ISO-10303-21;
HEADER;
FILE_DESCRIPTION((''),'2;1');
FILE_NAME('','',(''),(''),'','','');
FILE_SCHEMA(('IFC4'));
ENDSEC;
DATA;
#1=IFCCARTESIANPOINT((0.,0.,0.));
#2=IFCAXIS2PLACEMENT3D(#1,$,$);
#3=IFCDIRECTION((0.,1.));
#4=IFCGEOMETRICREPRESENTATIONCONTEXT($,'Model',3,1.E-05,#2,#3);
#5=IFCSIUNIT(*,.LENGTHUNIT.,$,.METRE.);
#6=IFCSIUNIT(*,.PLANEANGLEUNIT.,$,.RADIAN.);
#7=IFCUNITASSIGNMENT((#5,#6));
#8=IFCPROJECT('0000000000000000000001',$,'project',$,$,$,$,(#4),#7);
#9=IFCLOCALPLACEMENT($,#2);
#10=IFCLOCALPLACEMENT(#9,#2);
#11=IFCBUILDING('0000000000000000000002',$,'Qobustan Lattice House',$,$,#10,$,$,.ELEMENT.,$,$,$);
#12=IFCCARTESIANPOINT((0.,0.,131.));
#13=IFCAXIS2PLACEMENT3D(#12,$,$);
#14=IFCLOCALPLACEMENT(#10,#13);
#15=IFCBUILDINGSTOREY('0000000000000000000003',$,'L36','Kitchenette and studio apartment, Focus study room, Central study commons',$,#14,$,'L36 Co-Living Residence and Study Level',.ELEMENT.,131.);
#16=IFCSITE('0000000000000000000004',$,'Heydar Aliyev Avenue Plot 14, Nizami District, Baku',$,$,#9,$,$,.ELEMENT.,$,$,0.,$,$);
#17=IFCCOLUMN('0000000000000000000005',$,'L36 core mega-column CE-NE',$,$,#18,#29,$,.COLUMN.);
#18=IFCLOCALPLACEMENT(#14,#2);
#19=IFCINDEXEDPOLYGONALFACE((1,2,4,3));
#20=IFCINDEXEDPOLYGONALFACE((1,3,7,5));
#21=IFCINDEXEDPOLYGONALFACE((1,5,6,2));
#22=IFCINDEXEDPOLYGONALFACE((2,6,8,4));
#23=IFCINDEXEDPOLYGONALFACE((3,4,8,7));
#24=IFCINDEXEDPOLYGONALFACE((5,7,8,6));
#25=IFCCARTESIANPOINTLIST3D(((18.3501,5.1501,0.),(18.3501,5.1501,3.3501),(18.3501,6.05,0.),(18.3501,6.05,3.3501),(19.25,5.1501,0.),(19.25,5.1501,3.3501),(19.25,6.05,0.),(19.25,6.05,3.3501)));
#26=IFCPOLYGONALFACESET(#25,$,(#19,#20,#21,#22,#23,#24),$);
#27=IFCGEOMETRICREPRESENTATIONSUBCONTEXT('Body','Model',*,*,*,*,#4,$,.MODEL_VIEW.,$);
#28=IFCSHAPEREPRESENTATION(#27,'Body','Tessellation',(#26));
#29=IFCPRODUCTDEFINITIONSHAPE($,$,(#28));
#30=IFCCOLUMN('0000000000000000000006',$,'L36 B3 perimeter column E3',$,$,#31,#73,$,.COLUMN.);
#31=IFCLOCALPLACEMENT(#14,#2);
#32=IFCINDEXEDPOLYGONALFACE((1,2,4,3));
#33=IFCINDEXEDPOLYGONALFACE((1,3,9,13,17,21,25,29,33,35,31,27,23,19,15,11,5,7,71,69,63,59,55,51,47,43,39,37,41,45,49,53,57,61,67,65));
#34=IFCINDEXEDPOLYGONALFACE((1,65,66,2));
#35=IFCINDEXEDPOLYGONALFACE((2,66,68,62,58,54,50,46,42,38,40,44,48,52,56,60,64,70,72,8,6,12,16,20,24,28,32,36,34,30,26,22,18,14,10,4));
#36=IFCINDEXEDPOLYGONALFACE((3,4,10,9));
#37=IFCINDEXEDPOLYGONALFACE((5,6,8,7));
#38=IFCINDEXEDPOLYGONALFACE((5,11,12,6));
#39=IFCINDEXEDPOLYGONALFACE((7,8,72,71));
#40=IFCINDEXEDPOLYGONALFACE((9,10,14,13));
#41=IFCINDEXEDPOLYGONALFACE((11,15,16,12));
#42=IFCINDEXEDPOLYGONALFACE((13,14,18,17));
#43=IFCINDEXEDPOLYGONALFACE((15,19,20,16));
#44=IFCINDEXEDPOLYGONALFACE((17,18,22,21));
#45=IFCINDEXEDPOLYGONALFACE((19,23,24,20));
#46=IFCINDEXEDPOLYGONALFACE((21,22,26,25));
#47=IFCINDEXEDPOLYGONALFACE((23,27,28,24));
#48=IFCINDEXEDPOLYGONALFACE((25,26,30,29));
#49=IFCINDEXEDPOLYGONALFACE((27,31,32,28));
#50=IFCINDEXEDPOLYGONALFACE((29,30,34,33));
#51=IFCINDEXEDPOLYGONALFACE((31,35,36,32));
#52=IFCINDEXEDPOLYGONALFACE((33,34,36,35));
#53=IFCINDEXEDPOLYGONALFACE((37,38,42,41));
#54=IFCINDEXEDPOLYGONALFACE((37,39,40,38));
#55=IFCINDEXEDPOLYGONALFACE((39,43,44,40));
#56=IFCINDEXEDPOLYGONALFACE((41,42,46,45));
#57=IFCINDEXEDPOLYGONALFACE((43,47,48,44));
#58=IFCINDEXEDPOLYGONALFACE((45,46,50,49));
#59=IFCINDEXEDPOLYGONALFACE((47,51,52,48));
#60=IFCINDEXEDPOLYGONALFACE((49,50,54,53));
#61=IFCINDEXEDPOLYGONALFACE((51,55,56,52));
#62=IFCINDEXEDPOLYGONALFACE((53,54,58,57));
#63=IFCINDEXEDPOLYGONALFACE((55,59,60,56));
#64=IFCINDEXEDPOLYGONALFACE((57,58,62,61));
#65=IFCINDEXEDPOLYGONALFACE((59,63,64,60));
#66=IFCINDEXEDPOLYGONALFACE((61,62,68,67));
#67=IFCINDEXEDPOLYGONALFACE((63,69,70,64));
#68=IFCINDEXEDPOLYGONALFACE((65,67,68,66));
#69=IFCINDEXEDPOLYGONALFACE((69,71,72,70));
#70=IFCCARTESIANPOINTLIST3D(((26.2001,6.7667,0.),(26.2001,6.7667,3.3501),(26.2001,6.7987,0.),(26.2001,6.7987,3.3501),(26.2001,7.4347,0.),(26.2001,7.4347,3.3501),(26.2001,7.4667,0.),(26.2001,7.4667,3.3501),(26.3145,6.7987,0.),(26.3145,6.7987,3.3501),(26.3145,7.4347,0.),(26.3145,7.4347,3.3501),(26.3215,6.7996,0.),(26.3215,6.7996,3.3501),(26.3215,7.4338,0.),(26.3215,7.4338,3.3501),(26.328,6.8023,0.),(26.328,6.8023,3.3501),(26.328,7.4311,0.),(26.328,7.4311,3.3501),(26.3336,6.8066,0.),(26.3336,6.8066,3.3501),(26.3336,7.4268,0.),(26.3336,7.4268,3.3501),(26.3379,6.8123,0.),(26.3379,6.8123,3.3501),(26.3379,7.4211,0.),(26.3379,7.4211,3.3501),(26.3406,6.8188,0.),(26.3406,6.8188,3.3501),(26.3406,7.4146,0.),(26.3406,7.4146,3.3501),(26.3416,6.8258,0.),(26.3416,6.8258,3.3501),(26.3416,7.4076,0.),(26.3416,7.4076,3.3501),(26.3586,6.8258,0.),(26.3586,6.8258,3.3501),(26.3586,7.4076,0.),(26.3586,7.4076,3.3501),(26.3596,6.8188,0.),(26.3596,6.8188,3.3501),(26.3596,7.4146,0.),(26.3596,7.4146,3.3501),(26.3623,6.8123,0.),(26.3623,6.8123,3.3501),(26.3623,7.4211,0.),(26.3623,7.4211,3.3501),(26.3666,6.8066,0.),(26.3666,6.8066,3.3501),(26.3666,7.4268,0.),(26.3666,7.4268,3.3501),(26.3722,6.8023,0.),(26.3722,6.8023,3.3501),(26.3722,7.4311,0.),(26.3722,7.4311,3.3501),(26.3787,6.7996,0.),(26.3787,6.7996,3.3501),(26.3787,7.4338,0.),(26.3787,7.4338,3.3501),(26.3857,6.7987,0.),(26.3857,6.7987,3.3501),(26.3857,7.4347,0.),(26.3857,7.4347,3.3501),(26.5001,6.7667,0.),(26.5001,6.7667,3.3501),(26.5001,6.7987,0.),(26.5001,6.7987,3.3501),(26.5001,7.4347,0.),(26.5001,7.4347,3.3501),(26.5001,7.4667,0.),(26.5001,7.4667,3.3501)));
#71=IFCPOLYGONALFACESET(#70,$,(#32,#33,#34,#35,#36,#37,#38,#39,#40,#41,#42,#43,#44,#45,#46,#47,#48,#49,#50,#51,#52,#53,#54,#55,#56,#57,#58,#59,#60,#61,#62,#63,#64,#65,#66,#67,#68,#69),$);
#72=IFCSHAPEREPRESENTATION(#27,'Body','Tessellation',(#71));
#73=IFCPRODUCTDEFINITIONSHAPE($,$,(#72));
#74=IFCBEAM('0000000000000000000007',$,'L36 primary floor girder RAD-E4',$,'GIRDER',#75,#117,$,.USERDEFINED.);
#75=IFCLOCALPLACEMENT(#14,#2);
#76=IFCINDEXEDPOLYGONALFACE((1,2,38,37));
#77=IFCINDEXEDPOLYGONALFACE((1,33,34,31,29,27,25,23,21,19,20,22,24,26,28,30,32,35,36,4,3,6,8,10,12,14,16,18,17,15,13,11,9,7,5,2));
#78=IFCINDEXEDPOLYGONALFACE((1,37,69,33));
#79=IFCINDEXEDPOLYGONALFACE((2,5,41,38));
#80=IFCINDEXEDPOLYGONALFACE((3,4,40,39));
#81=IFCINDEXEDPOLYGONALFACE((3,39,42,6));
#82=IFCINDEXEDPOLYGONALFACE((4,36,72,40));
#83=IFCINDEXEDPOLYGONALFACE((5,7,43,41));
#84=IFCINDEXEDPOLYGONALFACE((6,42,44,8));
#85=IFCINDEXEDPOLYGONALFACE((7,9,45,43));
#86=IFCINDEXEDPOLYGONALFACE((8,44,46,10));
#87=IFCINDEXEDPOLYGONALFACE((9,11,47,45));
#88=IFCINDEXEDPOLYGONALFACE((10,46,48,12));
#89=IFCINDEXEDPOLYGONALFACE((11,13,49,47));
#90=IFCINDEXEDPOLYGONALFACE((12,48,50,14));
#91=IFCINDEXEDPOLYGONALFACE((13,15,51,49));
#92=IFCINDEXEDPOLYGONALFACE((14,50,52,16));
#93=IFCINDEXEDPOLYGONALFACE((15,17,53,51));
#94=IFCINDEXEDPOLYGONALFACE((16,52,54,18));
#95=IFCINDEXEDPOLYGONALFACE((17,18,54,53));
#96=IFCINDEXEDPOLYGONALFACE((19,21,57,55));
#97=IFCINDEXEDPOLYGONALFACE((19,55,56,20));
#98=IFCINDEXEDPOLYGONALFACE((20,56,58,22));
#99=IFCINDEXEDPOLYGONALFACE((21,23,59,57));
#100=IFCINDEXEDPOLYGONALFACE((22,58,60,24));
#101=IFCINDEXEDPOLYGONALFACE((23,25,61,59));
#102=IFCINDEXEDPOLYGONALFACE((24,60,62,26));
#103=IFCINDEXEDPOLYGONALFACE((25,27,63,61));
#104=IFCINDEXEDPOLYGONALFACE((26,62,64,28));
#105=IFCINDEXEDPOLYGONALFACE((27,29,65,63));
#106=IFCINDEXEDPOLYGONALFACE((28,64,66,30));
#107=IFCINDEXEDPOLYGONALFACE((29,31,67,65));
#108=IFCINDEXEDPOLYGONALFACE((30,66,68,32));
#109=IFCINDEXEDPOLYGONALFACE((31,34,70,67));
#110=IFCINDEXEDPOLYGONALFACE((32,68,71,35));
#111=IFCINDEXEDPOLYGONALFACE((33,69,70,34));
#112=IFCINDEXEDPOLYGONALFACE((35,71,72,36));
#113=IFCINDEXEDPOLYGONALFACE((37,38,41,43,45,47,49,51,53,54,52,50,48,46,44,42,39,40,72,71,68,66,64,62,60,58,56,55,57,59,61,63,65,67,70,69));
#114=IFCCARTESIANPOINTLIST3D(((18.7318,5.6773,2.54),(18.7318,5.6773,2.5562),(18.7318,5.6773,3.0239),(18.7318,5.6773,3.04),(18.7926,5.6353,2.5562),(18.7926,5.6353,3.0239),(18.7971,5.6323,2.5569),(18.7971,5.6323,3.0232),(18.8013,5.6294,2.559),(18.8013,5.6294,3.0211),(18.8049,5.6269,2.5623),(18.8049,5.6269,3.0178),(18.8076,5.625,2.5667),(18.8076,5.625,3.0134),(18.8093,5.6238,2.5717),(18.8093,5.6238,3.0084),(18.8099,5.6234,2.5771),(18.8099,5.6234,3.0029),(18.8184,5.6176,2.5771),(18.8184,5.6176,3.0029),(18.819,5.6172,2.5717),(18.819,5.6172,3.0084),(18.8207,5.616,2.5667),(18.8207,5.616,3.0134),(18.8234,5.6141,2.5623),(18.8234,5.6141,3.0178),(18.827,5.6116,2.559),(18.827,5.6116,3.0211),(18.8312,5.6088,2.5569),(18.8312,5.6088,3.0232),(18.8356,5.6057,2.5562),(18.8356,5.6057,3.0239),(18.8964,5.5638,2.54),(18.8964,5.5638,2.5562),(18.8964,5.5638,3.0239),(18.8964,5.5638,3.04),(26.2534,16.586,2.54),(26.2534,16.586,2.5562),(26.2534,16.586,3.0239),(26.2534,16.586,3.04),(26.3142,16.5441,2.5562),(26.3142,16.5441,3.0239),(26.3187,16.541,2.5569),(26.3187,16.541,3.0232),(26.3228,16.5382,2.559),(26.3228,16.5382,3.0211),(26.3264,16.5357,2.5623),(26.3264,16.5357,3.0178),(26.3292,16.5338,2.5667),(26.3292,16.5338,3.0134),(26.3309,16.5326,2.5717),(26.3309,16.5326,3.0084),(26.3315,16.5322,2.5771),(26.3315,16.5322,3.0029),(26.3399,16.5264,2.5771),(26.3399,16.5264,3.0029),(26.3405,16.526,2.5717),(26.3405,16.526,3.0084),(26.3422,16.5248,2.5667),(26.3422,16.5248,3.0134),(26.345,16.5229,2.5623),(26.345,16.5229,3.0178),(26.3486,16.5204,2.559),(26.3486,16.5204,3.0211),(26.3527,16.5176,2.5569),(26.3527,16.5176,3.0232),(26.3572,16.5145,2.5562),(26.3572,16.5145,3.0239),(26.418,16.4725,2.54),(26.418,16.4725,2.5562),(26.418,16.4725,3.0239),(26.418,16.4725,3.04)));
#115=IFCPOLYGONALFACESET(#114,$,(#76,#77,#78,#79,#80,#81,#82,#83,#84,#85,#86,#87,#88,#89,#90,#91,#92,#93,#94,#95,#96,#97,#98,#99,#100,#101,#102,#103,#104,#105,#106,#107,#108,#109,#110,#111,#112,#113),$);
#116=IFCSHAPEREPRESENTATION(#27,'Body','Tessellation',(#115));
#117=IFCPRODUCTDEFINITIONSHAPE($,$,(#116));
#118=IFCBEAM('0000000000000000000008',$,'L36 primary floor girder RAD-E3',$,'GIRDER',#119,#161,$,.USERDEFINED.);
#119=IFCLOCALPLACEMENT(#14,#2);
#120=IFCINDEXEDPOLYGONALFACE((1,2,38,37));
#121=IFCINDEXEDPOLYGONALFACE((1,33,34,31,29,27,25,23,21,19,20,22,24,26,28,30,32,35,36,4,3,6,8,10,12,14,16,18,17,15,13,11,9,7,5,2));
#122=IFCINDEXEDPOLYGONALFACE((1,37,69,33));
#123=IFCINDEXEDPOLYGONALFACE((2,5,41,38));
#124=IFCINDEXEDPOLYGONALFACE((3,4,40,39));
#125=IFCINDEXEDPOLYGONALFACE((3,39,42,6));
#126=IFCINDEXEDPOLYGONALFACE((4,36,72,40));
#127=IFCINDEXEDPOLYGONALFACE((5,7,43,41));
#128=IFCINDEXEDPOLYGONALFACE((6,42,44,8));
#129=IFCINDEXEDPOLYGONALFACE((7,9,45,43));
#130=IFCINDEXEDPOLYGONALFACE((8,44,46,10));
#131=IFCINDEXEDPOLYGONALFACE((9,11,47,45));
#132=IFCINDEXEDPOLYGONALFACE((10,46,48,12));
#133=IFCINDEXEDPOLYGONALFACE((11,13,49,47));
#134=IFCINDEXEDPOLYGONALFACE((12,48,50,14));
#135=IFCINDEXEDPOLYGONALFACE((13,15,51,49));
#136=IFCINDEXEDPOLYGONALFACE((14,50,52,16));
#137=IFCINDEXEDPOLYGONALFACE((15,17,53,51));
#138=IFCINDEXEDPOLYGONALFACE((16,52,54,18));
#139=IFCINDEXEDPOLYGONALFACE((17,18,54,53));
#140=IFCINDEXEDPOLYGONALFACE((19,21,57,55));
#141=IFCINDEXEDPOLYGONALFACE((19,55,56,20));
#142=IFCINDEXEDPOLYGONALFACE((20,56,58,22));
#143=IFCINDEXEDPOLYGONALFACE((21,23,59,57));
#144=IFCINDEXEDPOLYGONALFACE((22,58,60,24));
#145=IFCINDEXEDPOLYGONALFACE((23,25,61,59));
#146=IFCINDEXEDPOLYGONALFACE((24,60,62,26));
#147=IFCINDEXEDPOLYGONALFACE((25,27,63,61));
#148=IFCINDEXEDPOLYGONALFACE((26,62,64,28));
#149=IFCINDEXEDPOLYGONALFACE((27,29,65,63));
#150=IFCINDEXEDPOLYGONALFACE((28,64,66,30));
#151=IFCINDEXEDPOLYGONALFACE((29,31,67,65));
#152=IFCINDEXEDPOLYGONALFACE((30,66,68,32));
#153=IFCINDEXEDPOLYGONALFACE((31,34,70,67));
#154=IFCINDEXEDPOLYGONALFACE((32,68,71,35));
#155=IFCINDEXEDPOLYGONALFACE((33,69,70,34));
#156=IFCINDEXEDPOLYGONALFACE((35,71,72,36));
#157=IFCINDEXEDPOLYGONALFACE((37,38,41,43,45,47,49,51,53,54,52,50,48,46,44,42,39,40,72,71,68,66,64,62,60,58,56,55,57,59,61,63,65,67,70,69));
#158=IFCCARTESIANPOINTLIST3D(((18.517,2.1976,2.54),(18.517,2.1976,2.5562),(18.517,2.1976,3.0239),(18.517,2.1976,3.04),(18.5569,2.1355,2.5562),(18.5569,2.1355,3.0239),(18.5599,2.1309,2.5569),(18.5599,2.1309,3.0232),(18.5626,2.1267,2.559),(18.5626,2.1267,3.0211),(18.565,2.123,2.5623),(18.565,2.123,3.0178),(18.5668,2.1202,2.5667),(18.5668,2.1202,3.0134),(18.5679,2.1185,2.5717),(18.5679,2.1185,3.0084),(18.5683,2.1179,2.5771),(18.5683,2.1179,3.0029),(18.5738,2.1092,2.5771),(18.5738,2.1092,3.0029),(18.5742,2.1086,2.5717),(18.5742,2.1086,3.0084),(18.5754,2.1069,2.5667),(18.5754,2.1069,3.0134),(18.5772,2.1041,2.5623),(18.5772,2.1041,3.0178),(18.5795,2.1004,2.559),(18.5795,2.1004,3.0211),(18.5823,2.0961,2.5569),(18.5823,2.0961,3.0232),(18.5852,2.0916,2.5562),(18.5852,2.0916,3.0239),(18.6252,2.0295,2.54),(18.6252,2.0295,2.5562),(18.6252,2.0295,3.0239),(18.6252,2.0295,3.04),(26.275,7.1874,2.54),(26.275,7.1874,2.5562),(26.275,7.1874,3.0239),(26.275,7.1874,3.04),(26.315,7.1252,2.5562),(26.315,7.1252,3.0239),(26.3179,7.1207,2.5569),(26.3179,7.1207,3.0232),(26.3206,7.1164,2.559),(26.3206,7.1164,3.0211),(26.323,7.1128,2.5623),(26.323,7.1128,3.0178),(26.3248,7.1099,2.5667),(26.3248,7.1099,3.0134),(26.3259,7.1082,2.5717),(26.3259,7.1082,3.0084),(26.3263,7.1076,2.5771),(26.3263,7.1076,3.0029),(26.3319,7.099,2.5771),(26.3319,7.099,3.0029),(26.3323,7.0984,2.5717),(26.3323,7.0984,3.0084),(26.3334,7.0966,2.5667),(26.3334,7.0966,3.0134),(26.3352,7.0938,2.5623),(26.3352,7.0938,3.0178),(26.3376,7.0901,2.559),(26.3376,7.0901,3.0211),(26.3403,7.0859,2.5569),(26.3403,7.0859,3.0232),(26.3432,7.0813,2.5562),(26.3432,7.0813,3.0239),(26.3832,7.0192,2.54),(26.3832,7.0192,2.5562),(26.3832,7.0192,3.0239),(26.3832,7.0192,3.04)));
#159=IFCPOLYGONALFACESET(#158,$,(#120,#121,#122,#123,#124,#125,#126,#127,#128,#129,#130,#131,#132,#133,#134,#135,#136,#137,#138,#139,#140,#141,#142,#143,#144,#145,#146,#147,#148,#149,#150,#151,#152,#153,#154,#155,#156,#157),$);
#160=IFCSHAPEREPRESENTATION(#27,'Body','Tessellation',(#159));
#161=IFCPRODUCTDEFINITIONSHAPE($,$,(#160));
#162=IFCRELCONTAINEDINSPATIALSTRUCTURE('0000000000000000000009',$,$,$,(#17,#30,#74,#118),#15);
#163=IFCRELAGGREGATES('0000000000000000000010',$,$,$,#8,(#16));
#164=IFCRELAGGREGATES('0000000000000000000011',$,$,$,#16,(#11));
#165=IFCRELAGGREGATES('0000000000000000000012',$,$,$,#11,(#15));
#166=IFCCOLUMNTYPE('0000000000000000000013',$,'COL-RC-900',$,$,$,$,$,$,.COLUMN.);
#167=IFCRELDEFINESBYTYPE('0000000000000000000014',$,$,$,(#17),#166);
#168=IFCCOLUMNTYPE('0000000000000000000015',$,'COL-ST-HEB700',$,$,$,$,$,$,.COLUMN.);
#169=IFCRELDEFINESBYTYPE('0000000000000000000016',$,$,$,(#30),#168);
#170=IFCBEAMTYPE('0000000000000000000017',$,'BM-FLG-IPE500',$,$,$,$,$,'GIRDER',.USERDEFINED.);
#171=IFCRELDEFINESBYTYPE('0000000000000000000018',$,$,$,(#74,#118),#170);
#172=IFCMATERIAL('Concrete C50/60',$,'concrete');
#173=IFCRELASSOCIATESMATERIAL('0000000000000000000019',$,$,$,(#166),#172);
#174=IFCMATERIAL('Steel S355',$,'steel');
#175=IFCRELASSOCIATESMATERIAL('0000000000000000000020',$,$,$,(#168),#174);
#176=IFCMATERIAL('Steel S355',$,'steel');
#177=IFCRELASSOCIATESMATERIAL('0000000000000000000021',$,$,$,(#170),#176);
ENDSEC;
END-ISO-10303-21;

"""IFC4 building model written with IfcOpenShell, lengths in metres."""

from ifc_helpers import new_model, si_unit, direction, frame, origin, origin_2d, place, context, subcontext, project, spatial, rectangle, i_section, extrude, material, material_profile, profile_set, type_object, element, save


model = new_model("IFC4")

# Units and contexts
model_context = context("Model", 3, precision=1e-05, world=origin(), true_north=direction((0.0, 1.0)))
body_context = subcontext(model_context, "Body", "Model", "MODEL_VIEW")
ifc_project = project(units=[si_unit("LENGTHUNIT", "METRE"), si_unit("PLANEANGLEUNIT", "RADIAN")], contexts=[model_context])

# Site, building, storey
site_placement = place(None, origin())
site = spatial("IfcSite", under=ifc_project, at=site_placement, Name="Heydar Aliyev Avenue Plot 14, Nizami District, Baku", CompositionType="ELEMENT", RefElevation=0.0)
building_placement = place(site_placement, origin())
building = spatial("IfcBuilding", under=site, at=building_placement, Name="Qobustan Lattice House", CompositionType="ELEMENT")
storey_placement = place(building_placement, frame((0.0, 0.0, 131.0)))
storey = spatial("IfcBuildingStorey", under=building, at=storey_placement, Name="L36", Description="Kitchenette and studio apartment, Focus study room, Central study commons", LongName="L36 Co-Living Residence and Study Level", CompositionType="ELEMENT", Elevation=131.0)

# Columns
ifc_material_1 = material(Name="Concrete C50/60", Category="concrete")
ifc_material_profile_1 = material_profile(ifc_material_1, rectangle(XDim=0.8999, YDim=0.8999, at=origin_2d()), Name="RC900x900")
ifc_profile_set_1 = profile_set([ifc_material_profile_1], Name="Concrete C50/60")
column_type_1 = type_object("IfcColumnType", Name="COL-RC-900", PredefinedType="COLUMN", material=ifc_profile_set_1)
column_1_placement = place(storey_placement, frame((18.8, 5.6001, 0.0), z_axis=(0.0, 0.0, 1.0), x_axis=(1.0, 0.0, 0.0)))
element("IfcColumn", 1, at=column_1_placement, inside=storey, type_object=column_type_1, Name="L36 core mega-column CE-NE", PredefinedType="COLUMN", context=body_context, shape_type="SweptSolid", body=[
    extrude(rectangle(XDim=0.8999, YDim=0.8999, at=origin_2d()), origin(), (0.0, 0.0, 1.0), 3.3501),
])
ifc_material_2 = material(Name="Steel S355", Category="steel")
ifc_material_profile_2 = material_profile(ifc_material_2, i_section(OverallWidth=0.3, OverallDepth=0.7, WebThickness=0.0171, FlangeThickness=0.032, FilletRadius=0.0271, at=origin_2d()), Name="HEB700")
ifc_profile_set_2 = profile_set([ifc_material_profile_2], Name="Steel S355")
column_type_2 = type_object("IfcColumnType", Name="COL-ST-HEB700", PredefinedType="COLUMN", material=ifc_profile_set_2)
column_2_placement = place(storey_placement, frame((26.3501, 7.1167, 0.0), z_axis=(0.0, 0.0, 1.0), x_axis=(1.0, 0.0, 0.0)))
element("IfcColumn", 2, at=column_2_placement, inside=storey, type_object=column_type_2, Name="L36 B3 perimeter column E3", PredefinedType="COLUMN", context=body_context, shape_type="SweptSolid", body=[
    extrude(i_section(OverallWidth=0.3, OverallDepth=0.7, WebThickness=0.0171, FlangeThickness=0.032, FilletRadius=0.0271, at=origin_2d()), origin(), (0.0, 0.0, 1.0), 3.3501),
])

# Beams
ifc_material_3 = material(Name="Steel S355", Category="steel")
ifc_material_profile_3 = material_profile(ifc_material_3, i_section(OverallWidth=0.2, OverallDepth=0.5, WebThickness=0.0103, FlangeThickness=0.0161, FilletRadius=0.021, at=origin_2d()), Name="IPE500")
ifc_profile_set_3 = profile_set([ifc_material_profile_3], Name="Steel S355")
beam_type_1 = type_object("IfcBeamType", Name="BM-FLG-IPE500", ElementType="GIRDER", PredefinedType="USERDEFINED", material=ifc_profile_set_3)
beam_1_placement = place(storey_placement, frame((26.3357, 16.5293, 2.79), z_axis=(-0.567643, -0.823275, 0.0), x_axis=(0.823275, -0.567643, 0.0)))
element("IfcBeam", 3, at=beam_1_placement, inside=storey, type_object=beam_type_1, Name="L36 primary floor girder RAD-E4", ObjectType="GIRDER", PredefinedType="USERDEFINED", context=body_context, shape_type="SweptSolid", body=[
    extrude(i_section(OverallWidth=0.2, OverallDepth=0.5, WebThickness=0.0103, FlangeThickness=0.0161, FilletRadius=0.021, at=origin_2d()), origin(), (0.0, 0.0, 1.0), 13.2505),
])
beam_2_placement = place(storey_placement, frame((26.3291, 7.1033, 2.79), z_axis=(-0.841059, -0.540944, 0.0), x_axis=(0.540944, -0.841059, 0.0)))
element("IfcBeam", 4, at=beam_2_placement, inside=storey, type_object=beam_type_1, Name="L36 primary floor girder RAD-E3", ObjectType="GIRDER", PredefinedType="USERDEFINED", context=body_context, shape_type="SweptSolid", body=[
    extrude(i_section(OverallWidth=0.2, OverallDepth=0.5, WebThickness=0.0103, FlangeThickness=0.0161, FilletRadius=0.021, at=origin_2d()), origin(), (0.0, 0.0, 1.0), 9.2241),
])

save(model, "model.ifc")
